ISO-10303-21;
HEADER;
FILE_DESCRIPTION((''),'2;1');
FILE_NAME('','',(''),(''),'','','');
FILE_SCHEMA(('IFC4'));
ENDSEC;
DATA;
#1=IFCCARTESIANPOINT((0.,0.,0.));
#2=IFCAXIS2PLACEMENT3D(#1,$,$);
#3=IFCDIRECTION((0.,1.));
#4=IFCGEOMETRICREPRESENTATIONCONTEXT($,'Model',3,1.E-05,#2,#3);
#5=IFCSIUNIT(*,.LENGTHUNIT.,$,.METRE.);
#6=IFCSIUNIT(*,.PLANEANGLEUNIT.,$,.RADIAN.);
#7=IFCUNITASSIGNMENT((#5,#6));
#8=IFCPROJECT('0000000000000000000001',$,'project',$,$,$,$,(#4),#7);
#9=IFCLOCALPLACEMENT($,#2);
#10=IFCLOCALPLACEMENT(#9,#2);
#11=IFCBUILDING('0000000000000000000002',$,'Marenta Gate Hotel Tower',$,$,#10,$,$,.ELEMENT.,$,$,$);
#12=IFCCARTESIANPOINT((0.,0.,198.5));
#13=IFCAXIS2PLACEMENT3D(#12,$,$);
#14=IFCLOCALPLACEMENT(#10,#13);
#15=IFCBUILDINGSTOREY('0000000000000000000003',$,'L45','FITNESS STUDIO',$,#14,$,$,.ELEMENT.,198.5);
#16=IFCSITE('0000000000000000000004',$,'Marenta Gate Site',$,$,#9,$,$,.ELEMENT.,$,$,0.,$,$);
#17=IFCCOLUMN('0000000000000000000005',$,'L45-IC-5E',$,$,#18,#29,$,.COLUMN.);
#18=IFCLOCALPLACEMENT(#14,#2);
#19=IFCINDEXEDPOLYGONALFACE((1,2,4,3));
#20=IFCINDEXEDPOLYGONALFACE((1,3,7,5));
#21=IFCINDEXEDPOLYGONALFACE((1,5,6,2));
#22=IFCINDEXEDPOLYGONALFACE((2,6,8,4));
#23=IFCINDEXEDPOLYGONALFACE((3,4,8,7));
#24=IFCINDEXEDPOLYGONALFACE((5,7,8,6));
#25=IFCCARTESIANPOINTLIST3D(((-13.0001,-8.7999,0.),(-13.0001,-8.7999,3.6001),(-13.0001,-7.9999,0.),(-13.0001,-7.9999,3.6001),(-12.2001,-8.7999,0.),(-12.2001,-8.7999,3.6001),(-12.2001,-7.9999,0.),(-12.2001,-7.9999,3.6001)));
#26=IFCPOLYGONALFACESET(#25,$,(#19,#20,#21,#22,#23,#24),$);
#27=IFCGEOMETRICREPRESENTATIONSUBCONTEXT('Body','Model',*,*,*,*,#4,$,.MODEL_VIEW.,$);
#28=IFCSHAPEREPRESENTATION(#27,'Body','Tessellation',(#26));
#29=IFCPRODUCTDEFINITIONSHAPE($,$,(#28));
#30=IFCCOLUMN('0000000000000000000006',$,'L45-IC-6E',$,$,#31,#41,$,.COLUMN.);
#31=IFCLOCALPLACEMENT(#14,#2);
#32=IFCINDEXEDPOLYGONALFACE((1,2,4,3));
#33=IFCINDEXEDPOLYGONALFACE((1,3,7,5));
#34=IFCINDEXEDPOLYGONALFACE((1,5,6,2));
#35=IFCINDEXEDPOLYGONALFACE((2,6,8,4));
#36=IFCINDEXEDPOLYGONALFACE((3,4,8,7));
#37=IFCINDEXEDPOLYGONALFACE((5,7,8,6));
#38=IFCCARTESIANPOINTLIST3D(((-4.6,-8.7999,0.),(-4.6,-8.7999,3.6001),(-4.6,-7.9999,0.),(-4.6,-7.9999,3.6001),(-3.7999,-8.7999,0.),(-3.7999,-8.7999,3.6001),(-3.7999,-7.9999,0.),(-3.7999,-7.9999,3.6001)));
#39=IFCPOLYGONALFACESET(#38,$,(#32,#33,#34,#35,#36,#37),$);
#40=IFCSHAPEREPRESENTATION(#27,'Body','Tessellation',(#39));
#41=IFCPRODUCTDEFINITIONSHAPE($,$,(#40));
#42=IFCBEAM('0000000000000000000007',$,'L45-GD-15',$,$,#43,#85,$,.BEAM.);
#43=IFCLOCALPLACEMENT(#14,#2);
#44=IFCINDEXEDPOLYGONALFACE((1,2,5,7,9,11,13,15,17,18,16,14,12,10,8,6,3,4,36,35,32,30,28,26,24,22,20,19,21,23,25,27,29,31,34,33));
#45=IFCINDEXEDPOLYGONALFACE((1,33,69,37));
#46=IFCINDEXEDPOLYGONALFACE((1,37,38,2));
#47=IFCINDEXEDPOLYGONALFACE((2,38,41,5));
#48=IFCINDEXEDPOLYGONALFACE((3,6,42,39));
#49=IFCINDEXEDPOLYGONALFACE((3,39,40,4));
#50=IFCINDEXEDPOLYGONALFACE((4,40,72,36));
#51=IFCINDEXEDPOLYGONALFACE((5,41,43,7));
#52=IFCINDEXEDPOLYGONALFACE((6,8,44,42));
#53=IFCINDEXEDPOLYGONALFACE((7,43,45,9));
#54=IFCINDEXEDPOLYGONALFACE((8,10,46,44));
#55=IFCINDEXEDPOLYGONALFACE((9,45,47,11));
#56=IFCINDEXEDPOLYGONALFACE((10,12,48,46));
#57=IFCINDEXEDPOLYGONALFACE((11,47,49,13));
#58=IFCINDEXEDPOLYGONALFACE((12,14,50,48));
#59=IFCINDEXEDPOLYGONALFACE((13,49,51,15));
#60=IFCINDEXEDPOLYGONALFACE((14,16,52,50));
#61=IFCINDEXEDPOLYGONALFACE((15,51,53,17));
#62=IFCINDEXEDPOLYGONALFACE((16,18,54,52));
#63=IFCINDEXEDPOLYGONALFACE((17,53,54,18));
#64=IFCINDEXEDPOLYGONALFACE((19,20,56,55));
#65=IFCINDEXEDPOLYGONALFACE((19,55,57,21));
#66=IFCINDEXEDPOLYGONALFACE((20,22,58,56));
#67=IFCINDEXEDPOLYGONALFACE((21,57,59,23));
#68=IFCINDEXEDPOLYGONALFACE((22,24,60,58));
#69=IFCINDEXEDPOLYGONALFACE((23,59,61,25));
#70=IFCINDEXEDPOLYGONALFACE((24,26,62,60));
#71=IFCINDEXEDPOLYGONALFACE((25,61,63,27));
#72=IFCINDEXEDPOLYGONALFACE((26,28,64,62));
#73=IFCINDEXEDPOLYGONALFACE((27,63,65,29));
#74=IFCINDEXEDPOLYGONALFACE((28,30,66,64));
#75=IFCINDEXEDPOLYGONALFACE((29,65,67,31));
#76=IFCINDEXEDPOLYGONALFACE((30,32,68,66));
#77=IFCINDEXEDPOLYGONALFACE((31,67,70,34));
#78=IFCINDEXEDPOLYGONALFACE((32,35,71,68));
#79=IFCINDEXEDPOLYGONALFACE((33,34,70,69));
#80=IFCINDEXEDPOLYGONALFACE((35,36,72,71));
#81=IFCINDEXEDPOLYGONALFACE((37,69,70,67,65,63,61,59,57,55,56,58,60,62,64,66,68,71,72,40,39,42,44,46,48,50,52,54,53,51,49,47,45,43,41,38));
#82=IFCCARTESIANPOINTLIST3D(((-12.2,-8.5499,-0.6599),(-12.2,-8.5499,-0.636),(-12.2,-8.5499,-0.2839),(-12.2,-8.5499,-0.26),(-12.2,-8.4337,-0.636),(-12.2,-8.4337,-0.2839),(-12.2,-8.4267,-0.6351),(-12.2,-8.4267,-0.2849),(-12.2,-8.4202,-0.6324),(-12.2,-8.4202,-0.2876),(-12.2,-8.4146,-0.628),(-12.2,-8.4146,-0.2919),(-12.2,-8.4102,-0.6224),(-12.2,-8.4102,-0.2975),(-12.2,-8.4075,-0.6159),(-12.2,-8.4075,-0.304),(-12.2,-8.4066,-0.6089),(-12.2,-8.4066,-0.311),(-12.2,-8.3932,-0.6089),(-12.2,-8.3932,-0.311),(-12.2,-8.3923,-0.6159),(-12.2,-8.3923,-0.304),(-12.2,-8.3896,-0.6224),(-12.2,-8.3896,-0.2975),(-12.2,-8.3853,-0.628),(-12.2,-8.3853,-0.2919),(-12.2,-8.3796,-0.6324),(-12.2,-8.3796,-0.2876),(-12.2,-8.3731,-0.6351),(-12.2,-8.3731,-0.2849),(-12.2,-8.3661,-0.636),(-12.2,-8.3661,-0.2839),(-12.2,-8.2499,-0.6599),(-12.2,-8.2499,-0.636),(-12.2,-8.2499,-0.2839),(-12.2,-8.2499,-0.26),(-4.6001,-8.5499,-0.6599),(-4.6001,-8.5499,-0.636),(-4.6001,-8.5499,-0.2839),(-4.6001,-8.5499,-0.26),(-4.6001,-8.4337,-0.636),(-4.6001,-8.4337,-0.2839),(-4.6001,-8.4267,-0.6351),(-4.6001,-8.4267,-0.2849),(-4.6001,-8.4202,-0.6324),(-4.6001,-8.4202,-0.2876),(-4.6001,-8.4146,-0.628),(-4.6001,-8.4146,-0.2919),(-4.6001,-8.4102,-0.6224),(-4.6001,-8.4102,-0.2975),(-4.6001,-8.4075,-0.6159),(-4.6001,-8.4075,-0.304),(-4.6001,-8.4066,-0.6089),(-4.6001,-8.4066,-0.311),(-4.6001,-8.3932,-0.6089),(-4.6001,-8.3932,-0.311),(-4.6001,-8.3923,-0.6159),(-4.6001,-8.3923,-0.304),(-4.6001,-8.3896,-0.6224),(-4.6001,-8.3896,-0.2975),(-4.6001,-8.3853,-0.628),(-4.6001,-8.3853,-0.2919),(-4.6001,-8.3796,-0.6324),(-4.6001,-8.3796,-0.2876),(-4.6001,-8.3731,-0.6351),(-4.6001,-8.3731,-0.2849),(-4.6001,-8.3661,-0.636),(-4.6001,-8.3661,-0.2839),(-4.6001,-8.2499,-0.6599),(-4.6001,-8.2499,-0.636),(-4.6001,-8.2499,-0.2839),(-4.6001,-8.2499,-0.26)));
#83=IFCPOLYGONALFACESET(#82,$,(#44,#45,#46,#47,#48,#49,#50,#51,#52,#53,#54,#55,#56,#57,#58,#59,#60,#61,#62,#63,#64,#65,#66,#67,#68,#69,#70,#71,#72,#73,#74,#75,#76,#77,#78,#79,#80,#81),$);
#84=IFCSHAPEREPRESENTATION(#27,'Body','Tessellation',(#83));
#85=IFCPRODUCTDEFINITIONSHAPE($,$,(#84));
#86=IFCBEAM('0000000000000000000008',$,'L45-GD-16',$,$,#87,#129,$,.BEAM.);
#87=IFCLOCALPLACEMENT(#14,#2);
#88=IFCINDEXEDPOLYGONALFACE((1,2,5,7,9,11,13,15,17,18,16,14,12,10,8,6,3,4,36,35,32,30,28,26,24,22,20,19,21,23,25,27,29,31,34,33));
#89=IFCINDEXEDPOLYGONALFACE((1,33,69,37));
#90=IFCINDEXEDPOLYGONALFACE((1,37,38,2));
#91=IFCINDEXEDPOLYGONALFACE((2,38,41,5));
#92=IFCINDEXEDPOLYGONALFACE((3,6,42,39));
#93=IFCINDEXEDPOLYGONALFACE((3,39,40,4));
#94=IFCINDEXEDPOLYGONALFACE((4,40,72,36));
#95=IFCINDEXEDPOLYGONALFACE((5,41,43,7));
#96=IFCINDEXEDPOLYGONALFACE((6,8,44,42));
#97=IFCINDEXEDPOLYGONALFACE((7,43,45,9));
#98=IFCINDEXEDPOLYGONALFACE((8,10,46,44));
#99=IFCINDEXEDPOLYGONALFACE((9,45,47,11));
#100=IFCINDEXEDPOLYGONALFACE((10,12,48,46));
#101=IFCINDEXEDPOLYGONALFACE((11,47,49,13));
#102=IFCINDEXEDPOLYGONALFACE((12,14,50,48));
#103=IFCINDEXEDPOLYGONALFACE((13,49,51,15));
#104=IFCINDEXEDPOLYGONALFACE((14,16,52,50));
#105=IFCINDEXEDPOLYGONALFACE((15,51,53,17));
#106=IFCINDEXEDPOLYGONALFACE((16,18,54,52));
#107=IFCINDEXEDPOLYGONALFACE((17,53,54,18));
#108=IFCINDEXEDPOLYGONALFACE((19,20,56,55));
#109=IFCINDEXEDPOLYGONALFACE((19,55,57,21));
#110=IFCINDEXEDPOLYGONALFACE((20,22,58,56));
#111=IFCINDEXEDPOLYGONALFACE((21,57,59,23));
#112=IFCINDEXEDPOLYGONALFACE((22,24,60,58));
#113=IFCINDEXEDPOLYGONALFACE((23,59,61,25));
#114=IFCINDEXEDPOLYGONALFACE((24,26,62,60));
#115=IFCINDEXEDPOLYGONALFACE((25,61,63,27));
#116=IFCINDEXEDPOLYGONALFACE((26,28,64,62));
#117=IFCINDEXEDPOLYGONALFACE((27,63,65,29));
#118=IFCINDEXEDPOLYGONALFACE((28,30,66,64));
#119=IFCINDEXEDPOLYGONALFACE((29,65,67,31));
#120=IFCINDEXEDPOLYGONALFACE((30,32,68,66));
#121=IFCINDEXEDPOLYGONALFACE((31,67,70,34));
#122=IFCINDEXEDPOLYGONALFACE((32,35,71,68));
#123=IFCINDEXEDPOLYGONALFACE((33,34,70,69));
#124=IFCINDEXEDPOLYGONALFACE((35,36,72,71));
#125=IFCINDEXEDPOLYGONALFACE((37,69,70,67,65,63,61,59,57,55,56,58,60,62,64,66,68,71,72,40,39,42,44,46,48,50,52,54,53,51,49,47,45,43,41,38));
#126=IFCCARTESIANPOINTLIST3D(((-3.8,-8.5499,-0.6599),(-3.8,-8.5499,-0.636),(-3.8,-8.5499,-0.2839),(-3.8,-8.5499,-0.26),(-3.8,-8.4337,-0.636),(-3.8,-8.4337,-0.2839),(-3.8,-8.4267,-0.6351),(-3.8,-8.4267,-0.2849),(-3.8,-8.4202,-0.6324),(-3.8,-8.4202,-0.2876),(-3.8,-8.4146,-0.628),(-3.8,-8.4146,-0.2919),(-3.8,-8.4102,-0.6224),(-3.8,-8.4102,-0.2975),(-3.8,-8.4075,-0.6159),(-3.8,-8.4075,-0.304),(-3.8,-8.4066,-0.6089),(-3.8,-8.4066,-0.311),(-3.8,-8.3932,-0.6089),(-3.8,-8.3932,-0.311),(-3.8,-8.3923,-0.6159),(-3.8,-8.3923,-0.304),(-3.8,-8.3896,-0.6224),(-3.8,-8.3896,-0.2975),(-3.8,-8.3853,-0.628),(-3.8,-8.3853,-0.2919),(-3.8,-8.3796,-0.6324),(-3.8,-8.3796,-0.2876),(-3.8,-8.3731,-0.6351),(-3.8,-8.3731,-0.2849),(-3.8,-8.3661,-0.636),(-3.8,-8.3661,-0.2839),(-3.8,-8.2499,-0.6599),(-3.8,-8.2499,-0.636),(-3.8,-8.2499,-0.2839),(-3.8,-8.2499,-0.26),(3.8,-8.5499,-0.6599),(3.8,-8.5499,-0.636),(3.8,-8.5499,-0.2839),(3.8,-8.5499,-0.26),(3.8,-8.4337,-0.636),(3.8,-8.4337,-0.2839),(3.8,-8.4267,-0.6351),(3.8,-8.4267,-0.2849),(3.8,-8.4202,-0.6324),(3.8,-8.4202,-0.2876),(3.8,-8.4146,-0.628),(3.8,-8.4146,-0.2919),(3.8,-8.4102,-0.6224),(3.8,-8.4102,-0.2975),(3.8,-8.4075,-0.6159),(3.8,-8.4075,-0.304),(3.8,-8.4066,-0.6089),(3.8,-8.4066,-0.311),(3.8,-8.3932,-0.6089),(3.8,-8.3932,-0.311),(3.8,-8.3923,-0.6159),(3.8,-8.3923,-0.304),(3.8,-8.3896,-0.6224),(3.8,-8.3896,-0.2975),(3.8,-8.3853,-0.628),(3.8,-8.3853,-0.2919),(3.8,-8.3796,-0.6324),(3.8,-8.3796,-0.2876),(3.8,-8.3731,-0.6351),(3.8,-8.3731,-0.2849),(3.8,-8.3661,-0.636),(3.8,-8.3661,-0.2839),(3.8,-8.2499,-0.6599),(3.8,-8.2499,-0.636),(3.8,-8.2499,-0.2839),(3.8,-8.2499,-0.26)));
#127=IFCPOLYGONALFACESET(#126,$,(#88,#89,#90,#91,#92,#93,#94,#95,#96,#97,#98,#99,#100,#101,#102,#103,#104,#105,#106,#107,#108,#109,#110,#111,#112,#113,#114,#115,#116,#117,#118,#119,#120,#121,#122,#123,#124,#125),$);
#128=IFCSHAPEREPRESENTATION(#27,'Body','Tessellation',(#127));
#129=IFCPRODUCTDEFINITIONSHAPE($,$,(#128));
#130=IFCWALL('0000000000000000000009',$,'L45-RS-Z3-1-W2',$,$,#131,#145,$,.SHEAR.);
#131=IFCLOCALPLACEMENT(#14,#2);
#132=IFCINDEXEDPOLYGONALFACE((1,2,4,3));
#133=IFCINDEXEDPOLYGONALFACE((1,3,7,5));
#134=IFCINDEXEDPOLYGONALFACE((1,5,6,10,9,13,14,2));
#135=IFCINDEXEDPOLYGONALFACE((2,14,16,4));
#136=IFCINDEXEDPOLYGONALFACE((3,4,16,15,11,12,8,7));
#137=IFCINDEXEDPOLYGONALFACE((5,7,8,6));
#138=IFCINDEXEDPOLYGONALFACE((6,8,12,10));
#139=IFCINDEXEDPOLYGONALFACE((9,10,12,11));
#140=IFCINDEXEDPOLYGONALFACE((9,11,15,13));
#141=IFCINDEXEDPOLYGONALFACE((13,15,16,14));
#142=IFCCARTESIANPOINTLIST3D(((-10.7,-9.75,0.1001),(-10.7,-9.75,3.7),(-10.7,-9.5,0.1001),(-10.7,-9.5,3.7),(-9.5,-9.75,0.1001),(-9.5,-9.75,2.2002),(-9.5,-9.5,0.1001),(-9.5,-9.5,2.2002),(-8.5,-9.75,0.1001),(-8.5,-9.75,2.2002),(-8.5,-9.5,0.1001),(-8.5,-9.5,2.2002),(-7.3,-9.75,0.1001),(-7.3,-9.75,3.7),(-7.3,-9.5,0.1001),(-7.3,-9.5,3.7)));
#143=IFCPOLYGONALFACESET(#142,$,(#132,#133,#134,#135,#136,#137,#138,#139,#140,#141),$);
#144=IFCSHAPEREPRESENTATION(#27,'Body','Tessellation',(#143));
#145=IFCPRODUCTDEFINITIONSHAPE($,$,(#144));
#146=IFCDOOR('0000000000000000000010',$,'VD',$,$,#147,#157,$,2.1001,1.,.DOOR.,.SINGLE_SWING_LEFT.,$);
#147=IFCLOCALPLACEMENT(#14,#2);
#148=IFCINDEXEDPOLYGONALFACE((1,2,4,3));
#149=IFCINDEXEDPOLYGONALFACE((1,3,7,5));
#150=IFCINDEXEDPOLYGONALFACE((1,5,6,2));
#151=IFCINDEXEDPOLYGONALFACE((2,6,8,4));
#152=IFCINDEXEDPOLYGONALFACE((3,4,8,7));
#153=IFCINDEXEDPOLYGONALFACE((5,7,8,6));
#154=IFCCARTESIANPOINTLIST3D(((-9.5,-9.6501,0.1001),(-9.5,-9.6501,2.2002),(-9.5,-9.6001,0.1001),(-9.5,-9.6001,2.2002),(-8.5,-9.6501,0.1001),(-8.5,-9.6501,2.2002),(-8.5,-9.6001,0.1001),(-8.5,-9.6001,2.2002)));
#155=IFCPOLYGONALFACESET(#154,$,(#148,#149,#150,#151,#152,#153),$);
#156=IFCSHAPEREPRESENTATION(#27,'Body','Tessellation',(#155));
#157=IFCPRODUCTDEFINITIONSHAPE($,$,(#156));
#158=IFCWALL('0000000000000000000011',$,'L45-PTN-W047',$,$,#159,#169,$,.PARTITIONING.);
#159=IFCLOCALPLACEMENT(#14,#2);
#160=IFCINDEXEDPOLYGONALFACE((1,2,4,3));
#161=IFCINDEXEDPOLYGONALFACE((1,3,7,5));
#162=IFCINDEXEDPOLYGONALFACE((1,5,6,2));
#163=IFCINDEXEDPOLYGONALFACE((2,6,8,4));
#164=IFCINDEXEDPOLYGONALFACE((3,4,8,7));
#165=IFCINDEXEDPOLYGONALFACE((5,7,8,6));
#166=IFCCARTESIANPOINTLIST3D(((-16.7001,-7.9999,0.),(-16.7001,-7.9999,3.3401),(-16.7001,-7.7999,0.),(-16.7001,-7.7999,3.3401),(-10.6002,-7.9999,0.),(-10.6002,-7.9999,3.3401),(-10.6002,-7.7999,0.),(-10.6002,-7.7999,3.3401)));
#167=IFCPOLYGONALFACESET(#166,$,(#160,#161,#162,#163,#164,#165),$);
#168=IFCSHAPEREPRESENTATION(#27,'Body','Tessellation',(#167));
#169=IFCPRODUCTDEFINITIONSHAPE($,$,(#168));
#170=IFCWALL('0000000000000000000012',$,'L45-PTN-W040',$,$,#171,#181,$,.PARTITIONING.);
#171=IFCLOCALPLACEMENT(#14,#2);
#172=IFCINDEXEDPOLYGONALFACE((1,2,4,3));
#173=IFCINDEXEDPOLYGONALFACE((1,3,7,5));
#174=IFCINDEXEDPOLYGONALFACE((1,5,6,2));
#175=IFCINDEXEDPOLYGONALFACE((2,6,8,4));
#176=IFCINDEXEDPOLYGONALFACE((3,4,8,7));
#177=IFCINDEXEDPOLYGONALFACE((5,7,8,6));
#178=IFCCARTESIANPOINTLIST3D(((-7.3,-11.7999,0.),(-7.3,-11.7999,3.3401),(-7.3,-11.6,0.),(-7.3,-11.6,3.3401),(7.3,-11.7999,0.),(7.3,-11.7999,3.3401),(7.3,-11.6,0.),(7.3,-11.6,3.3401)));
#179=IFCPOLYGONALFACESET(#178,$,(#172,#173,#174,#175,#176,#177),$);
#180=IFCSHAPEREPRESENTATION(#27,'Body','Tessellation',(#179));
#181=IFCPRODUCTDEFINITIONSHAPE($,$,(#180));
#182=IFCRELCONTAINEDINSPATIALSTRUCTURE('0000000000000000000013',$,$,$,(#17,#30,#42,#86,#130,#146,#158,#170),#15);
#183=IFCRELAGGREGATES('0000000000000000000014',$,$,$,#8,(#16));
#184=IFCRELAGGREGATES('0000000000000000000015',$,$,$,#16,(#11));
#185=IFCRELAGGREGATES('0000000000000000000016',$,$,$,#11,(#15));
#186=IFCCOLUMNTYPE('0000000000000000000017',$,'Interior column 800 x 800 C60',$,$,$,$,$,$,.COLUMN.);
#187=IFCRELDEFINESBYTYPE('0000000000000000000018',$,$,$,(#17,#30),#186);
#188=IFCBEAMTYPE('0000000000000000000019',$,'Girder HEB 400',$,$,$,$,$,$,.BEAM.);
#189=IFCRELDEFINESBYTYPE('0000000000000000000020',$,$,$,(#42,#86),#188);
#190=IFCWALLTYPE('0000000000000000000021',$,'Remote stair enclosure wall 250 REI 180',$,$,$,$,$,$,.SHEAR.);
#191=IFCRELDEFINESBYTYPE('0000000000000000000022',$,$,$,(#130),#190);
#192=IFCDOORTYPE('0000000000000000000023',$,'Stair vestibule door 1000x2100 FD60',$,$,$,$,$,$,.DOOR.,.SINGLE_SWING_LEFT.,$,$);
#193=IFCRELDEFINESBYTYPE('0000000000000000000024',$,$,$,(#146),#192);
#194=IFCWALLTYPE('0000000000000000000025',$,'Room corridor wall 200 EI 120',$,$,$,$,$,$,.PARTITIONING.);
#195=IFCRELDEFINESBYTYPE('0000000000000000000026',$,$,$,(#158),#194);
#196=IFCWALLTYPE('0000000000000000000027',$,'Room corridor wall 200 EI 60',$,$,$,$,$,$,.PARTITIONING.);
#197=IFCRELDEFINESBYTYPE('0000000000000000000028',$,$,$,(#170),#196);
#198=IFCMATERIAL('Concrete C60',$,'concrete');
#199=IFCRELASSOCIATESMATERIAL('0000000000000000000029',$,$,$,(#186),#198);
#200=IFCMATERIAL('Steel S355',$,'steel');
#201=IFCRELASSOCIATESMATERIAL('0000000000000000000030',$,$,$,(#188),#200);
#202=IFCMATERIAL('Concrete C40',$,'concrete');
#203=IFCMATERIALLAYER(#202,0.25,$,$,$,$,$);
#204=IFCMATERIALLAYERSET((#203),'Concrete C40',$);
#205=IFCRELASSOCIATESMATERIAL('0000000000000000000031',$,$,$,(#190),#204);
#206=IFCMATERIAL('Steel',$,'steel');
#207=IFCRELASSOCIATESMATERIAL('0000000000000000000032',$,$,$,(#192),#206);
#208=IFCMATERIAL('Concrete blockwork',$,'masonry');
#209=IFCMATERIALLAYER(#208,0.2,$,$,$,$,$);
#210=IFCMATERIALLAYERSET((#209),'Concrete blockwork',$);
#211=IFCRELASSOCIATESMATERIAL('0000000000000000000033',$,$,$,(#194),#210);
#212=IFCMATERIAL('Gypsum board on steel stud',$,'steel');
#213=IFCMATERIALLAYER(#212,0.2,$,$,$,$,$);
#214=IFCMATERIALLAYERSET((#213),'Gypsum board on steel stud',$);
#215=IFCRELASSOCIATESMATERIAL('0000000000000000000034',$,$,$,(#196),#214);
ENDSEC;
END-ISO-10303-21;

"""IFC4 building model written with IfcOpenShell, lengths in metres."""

from ifc_helpers import new_model, si_unit, direction, frame, frame_2d, origin, origin_2d, place, context, subcontext, project, spatial, rectangle, i_section, extrude, material, layer, layer_set, material_profile, profile_set, type_object, element, fill, save


model = new_model("IFC4")

# Units and contexts
model_context = context("Model", 3, precision=1e-05, world=origin(), true_north=direction((0.0, 1.0)))
body_context = subcontext(model_context, "Body", "Model", "MODEL_VIEW")
ifc_project = project(units=[si_unit("LENGTHUNIT", "METRE"), si_unit("PLANEANGLEUNIT", "RADIAN")], contexts=[model_context])

# Site, building, storey
site_placement = place(None, origin())
site = spatial("IfcSite", under=ifc_project, at=site_placement, Name="Marenta Gate Site", CompositionType="ELEMENT", RefElevation=0.0)
building_placement = place(site_placement, origin())
building = spatial("IfcBuilding", under=site, at=building_placement, Name="Marenta Gate Hotel Tower", CompositionType="ELEMENT")
storey_placement = place(building_placement, frame((0.0, 0.0, 198.5)))
storey = spatial("IfcBuildingStorey", under=building, at=storey_placement, Name="L45", Description="FITNESS STUDIO", CompositionType="ELEMENT", Elevation=198.5)

# Columns
ifc_material_1 = material(Name="Concrete C60", Category="concrete")
ifc_material_profile_1 = material_profile(ifc_material_1, rectangle(XDim=0.8, YDim=0.8, at=origin_2d()), Name="800 x 800")
ifc_profile_set_1 = profile_set([ifc_material_profile_1], Name="Concrete C60")
column_type = type_object("IfcColumnType", Name="Interior column 800 x 800 C60", PredefinedType="COLUMN", material=ifc_profile_set_1)
for number, where, z_axis, x_axis, name in (
    (1, (-12.6001, -8.3999, 0.0), (0.0, 0.0, 1.0), (1.0, 0.0, 0.0), "L45-IC-5E"),
    (2, (-4.2, -8.3999, 0.0), (0.0, 0.0, 1.0), (1.0, 0.0, 0.0), "L45-IC-6E"),
):
    element("IfcColumn", number, at=place(storey_placement, frame(where, z_axis=z_axis, x_axis=x_axis)), inside=storey, type_object=column_type, Name=name, PredefinedType="COLUMN", context=body_context, shape_type="SweptSolid", body=[
        extrude(rectangle(XDim=0.8, YDim=0.8, at=origin_2d()), origin(), (0.0, 0.0, 1.0), 3.6001),
    ])

# Beams
ifc_material_2 = material(Name="Steel S355", Category="steel")
ifc_material_profile_2 = material_profile(ifc_material_2, i_section(OverallWidth=0.3, OverallDepth=0.3999, WebThickness=0.0134, FlangeThickness=0.0239, FilletRadius=0.0271, at=origin_2d()), Name="HEB 400")
ifc_profile_set_2 = profile_set([ifc_material_profile_2], Name="Steel S355")
beam_type = type_object("IfcBeamType", Name="Girder HEB 400", PredefinedType="BEAM", material=ifc_profile_set_2)
beam_1_placement = place(storey_placement, frame((-12.2, -8.3999, -0.46), z_axis=(1.0, 0.0, 0.0), x_axis=(0.0, 1.0, 0.0)))
element("IfcBeam", 3, at=beam_1_placement, inside=storey, type_object=beam_type, Name="L45-GD-15", PredefinedType="BEAM", context=body_context, shape_type="SweptSolid", body=[
    extrude(i_section(OverallWidth=0.3, OverallDepth=0.3999, WebThickness=0.0134, FlangeThickness=0.0239, FilletRadius=0.0271, at=origin_2d()), origin(), (0.0, 0.0, 1.0), 7.5999),
])
beam_2_placement = place(storey_placement, frame((-3.8, -8.3999, -0.46), z_axis=(1.0, 0.0, 0.0), x_axis=(0.0, 1.0, 0.0)))
element("IfcBeam", 4, at=beam_2_placement, inside=storey, type_object=beam_type, Name="L45-GD-16", PredefinedType="BEAM", context=body_context, shape_type="SweptSolid", body=[
    extrude(i_section(OverallWidth=0.3, OverallDepth=0.3999, WebThickness=0.0134, FlangeThickness=0.0239, FilletRadius=0.0271, at=origin_2d()), origin(), (0.0, 0.0, 1.0), 7.6001),
])

# Wall, opening, door
ifc_material_3 = material(Name="Concrete C40", Category="concrete")
ifc_layer_1 = layer(ifc_material_3, 0.25)
ifc_layer_set_1 = layer_set([ifc_layer_1], Name="Concrete C40")
wall_type_1 = type_object("IfcWallType", Name="Remote stair enclosure wall 250 REI 180", PredefinedType="SHEAR", material=ifc_layer_set_1)
wall_1_placement = place(storey_placement, frame((-10.7, -9.625, 0.1001), z_axis=(0.0, 0.0, 1.0), x_axis=(1.0, 0.0, 0.0)))
wall_1 = element("IfcWall", 5, at=wall_1_placement, inside=storey, type_object=wall_type_1, Name="L45-RS-Z3-1-W2", PredefinedType="SHEAR", context=body_context, shape_type="SweptSolid", body=[
    extrude(rectangle(XDim=3.3999, YDim=0.25, at=frame_2d((1.7, 0.0))), origin(), (0.0, 0.0, 1.0), 3.5999),
])
opening_1_placement = place(wall_1_placement, frame((1.2, 0.0, 0.0)))
opening_1 = element("IfcOpeningElement", 6, at=opening_1_placement, cuts=wall_1, PredefinedType="OPENING", context=body_context, shape_type="SweptSolid", body=[
    extrude(rectangle(XDim=1.0, YDim=2.1001, at=frame_2d((0.5, 1.05))), frame((0.0, 0.125, 0.0), z_axis=(0.0, -1.0, 0.0), x_axis=(1.0, 0.0, 0.0)), (0.0, 0.0, 1.0), 0.25),
])
ifc_material_4 = material(Name="Steel", Category="steel")
door_type_1 = type_object("IfcDoorType", Name="Stair vestibule door 1000x2100 FD60", OperationType="SINGLE_SWING_LEFT", PredefinedType="DOOR", material=ifc_material_4)
door_1_placement = place(opening_1_placement, origin())
door_1 = element("IfcDoor", 7, at=door_1_placement, inside=storey, type_object=door_type_1, Name="VD", OperationType="SINGLE_SWING_LEFT", OverallHeight=2.1001, OverallWidth=1.0, PredefinedType="DOOR", context=body_context, shape_type="SweptSolid", body=[
    extrude(rectangle(XDim=1.0, YDim=2.1001, at=frame_2d((0.5, 1.05))), frame((0.0, 0.0249, 0.0), z_axis=(0.0, -1.0, 0.0), x_axis=(1.0, 0.0, 0.0)), (0.0, 0.0, 1.0), 0.05),
])
fill(opening_1, door_1)
ifc_material_5 = material(Name="Concrete blockwork", Category="masonry")
ifc_layer_2 = layer(ifc_material_5, 0.2)
ifc_layer_set_2 = layer_set([ifc_layer_2], Name="Concrete blockwork")
wall_type_2 = type_object("IfcWallType", Name="Room corridor wall 200 EI 120", PredefinedType="PARTITIONING", material=ifc_layer_set_2)

# Wall
wall_2_placement = place(storey_placement, frame((-16.7, -7.8999, 0.0), z_axis=(0.0, 0.0, 1.0), x_axis=(1.0, 0.0, 0.0)))
element("IfcWall", 8, at=wall_2_placement, inside=storey, type_object=wall_type_2, Name="L45-PTN-W047", PredefinedType="PARTITIONING", context=body_context, shape_type="SweptSolid", body=[
    extrude(rectangle(XDim=6.0999, YDim=0.2, at=frame_2d((3.0498, 0.0))), origin(), (0.0, 0.0, 1.0), 3.3401),
])

# Shared definitions
ifc_material_6 = material(Name="Gypsum board on steel stud", Category="steel")
ifc_layer_3 = layer(ifc_material_6, 0.2)
ifc_layer_set_3 = layer_set([ifc_layer_3], Name="Gypsum board on steel stud")
wall_type_3 = type_object("IfcWallType", Name="Room corridor wall 200 EI 60", PredefinedType="PARTITIONING", material=ifc_layer_set_3)

# Wall
wall_3_placement = place(storey_placement, frame((-7.3, -11.7, 0.0), z_axis=(0.0, 0.0, 1.0), x_axis=(1.0, 0.0, 0.0)))
element("IfcWall", 9, at=wall_3_placement, inside=storey, type_object=wall_type_3, Name="L45-PTN-W040", PredefinedType="PARTITIONING", context=body_context, shape_type="SweptSolid", body=[
    extrude(rectangle(XDim=14.6001, YDim=0.2, at=frame_2d((7.3, 0.0))), origin(), (0.0, 0.0, 1.0), 3.3401),
])

save(model, "model.ifc")
